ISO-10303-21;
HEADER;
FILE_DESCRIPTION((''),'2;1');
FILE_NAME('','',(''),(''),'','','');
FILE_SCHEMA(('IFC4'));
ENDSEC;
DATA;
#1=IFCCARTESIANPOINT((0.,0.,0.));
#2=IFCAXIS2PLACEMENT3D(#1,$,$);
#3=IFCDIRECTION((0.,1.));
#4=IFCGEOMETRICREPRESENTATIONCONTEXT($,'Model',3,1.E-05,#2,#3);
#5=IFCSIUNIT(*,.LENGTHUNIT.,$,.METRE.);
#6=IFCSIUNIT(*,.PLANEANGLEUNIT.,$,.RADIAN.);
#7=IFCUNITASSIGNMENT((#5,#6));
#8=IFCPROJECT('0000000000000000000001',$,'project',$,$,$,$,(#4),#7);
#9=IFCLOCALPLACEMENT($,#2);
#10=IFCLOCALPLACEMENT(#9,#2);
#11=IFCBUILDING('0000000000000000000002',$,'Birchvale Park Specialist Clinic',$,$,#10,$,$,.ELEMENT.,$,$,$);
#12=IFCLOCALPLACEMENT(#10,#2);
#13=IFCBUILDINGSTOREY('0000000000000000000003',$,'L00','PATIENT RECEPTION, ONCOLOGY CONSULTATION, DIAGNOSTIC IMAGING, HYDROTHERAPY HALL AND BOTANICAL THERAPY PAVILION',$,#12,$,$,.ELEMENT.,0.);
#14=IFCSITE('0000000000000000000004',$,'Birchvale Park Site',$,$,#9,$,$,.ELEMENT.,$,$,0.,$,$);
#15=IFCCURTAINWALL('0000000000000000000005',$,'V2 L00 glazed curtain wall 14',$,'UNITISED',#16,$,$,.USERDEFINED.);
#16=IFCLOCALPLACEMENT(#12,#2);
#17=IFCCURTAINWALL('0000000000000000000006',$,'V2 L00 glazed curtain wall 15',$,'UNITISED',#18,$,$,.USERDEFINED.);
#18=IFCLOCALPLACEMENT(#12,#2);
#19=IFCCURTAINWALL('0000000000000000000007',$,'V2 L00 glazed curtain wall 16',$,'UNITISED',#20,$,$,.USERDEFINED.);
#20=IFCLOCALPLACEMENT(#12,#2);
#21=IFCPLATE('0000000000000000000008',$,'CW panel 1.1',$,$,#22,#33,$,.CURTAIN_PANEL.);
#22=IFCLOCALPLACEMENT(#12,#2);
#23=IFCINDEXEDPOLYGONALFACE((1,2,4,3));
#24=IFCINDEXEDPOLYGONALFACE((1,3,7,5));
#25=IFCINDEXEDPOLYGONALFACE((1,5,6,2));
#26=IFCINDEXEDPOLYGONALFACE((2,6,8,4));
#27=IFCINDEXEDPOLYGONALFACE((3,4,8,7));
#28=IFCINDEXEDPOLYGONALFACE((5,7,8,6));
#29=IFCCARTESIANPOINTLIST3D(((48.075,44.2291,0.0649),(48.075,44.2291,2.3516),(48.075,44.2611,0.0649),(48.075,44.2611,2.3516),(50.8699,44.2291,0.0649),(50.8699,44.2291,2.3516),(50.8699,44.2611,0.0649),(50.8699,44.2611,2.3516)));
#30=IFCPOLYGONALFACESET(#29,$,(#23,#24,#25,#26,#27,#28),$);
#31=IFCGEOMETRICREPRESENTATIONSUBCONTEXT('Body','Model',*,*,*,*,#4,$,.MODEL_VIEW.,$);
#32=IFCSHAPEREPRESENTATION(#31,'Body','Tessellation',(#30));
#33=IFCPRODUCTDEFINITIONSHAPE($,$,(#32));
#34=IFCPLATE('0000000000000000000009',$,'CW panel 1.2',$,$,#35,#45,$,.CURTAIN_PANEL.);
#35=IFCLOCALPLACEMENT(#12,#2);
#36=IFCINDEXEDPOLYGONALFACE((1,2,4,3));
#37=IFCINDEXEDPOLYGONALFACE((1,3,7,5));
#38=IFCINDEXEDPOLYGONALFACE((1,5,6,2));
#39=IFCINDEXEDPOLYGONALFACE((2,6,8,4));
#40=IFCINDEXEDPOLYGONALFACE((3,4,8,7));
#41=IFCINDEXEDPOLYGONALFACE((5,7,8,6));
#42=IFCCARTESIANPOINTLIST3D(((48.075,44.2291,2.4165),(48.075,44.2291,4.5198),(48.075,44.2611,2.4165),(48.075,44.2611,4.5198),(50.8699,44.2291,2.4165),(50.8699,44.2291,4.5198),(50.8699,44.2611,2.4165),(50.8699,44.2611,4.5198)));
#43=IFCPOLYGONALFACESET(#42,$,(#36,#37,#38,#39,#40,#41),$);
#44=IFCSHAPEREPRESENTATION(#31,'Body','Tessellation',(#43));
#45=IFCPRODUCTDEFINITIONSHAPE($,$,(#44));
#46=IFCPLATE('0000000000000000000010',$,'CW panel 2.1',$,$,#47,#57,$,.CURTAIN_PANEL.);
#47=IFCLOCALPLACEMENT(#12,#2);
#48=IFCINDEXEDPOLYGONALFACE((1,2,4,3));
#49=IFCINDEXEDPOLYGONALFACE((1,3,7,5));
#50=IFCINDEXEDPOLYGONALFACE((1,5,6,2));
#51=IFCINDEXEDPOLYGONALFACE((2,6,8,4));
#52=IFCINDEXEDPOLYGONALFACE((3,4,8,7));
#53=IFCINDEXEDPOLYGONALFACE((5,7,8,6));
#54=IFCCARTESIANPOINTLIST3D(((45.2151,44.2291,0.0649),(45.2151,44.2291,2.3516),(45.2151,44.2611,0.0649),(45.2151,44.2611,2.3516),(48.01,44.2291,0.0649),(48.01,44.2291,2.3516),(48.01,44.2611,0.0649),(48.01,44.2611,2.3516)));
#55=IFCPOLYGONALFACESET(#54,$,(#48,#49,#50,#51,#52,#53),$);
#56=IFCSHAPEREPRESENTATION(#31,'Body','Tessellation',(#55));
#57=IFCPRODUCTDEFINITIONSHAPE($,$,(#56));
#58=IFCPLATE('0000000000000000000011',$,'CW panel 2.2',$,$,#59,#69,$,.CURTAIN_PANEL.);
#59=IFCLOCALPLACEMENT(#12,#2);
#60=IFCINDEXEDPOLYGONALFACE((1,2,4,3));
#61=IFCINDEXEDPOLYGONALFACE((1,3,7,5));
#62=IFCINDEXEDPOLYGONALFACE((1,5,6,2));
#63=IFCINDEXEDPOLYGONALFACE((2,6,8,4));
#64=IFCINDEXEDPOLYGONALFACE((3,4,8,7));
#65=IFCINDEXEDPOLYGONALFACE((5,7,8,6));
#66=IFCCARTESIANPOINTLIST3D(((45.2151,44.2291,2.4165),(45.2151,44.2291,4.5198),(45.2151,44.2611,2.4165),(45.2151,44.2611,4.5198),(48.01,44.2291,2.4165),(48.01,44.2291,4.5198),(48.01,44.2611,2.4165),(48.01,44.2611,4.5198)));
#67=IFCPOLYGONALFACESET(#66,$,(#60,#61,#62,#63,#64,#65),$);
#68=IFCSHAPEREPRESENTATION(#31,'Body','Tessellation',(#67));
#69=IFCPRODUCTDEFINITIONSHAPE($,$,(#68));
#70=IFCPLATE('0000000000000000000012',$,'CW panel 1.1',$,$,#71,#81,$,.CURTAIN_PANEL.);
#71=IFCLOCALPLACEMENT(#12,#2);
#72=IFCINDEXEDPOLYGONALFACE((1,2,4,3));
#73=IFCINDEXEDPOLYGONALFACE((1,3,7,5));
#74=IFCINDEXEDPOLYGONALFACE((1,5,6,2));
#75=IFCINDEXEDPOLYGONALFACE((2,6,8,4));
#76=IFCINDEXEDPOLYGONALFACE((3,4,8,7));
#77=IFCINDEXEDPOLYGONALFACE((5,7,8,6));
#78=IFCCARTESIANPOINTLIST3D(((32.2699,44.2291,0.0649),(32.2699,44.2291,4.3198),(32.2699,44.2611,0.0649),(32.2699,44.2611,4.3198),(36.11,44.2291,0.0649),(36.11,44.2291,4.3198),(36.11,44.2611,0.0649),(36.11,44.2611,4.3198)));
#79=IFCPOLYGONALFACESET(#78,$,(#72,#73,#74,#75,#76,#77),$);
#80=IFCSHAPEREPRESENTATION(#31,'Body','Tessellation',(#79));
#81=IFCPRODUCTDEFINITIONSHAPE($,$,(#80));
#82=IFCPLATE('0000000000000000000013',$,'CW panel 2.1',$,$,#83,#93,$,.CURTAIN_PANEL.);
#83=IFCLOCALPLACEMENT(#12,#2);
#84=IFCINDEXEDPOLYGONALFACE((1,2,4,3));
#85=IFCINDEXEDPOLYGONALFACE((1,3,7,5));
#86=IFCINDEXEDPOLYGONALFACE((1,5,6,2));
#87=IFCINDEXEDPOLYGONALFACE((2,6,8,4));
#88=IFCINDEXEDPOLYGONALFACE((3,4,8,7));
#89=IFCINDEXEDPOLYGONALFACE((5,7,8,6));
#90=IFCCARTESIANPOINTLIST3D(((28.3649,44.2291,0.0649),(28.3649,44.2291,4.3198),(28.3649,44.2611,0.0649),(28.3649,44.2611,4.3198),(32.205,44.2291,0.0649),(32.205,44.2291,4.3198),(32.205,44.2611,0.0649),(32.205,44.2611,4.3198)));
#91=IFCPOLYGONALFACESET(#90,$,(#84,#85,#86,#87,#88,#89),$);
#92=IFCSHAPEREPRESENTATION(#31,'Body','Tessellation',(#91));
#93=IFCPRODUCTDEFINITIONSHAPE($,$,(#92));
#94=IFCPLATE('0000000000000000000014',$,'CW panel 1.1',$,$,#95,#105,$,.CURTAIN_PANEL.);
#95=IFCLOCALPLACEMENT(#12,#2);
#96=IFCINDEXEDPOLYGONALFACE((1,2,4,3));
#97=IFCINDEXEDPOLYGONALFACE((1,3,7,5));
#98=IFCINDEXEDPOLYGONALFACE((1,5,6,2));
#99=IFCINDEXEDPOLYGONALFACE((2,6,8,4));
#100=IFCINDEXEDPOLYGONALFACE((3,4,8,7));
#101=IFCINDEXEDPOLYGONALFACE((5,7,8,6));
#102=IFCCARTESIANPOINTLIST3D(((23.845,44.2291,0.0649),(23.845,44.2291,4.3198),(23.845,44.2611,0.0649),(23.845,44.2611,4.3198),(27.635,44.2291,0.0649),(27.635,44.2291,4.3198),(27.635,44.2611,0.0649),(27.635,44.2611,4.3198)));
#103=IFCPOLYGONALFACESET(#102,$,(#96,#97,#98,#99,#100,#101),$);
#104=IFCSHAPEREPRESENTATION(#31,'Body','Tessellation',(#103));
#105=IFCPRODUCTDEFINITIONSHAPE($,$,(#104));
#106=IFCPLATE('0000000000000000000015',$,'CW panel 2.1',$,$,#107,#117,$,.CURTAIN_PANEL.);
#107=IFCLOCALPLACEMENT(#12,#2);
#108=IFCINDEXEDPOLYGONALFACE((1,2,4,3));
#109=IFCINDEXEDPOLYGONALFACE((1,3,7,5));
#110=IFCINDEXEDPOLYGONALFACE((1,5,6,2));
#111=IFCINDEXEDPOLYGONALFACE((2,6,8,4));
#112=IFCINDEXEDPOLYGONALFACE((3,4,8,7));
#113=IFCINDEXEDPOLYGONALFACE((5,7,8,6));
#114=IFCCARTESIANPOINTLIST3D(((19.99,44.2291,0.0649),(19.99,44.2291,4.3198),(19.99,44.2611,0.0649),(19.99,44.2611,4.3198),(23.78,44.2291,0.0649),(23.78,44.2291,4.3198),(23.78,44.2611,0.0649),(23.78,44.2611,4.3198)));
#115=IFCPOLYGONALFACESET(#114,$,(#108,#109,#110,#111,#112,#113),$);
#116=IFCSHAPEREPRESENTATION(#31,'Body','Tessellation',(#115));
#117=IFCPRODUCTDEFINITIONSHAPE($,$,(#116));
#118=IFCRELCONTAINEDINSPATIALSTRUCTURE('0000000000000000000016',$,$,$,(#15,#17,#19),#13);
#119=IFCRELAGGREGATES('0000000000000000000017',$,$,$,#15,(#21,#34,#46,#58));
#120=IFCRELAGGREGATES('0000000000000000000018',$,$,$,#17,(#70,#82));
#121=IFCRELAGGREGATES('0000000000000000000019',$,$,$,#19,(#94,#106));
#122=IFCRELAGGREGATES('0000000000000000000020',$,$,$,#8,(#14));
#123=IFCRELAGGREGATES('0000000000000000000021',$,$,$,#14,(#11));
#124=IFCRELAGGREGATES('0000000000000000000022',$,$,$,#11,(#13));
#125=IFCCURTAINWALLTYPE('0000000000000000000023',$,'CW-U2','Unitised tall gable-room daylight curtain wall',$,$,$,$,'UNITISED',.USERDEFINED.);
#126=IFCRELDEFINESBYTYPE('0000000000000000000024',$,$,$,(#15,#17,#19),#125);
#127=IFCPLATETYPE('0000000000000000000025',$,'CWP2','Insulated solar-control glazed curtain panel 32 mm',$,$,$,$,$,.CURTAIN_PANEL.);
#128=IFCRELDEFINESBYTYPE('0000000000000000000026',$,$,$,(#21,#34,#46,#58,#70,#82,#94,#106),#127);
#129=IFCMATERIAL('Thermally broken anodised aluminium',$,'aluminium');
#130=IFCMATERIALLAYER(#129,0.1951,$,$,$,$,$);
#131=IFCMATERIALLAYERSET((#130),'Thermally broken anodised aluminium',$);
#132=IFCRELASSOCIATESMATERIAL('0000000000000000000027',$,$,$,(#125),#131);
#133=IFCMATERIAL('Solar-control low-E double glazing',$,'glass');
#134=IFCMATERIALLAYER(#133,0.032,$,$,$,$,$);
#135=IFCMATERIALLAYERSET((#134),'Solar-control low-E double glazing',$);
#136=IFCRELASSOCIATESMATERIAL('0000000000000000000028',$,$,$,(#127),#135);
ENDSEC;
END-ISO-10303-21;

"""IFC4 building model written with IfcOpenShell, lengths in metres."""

from ifc_helpers import new_model, si_unit, direction, frame, origin, origin_2d, place, context, subcontext, project, spatial, rectangle, extrude, material, layer, layer_set, type_object, element, aggregate, save


model = new_model("IFC4")

# Units and contexts
model_context = context("Model", 3, precision=1e-05, world=origin(), true_north=direction((0.0, 1.0)))
body_context = subcontext(model_context, "Body", "Model", "MODEL_VIEW")
ifc_project = project(units=[si_unit("LENGTHUNIT", "METRE"), si_unit("PLANEANGLEUNIT", "RADIAN")], contexts=[model_context])

# Site, building, storey
site_placement = place(None, origin())
site = spatial("IfcSite", under=ifc_project, at=site_placement, Name="Birchvale Park Site", CompositionType="ELEMENT", RefElevation=0.0)
building_placement = place(site_placement, origin())
building = spatial("IfcBuilding", under=site, at=building_placement, Name="Birchvale Park Specialist Clinic", CompositionType="ELEMENT")
storey_placement = place(building_placement, origin())
storey = spatial("IfcBuildingStorey", under=building, at=storey_placement, Name="L00", Description="PATIENT RECEPTION, ONCOLOGY CONSULTATION, DIAGNOSTIC IMAGING, HYDROTHERAPY HALL AND BOTANICAL THERAPY PAVILION", CompositionType="ELEMENT", Elevation=0.0)

# Curtain walls
ifc_material_1 = material(Name="Thermally broken anodised aluminium", Category="aluminium")
ifc_layer_1 = layer(ifc_material_1, 0.1951)
ifc_layer_set_1 = layer_set([ifc_layer_1], Name="Thermally broken anodised aluminium")
curtain_wall_type = type_object("IfcCurtainWallType", Name="CW-U2", Description="Unitised tall gable-room daylight curtain wall", ElementType="UNITISED", PredefinedType="USERDEFINED", material=ifc_layer_set_1)
curtain_wall_1_placement = place(storey_placement, origin())
curtain_wall_1 = element("IfcCurtainWall", 1, at=curtain_wall_1_placement, inside=storey, type_object=curtain_wall_type, Name="V2 L00 glazed curtain wall 14", ObjectType="UNITISED", PredefinedType="USERDEFINED")
curtain_wall_2_placement = place(storey_placement, origin())
curtain_wall_2 = element("IfcCurtainWall", 2, at=curtain_wall_2_placement, inside=storey, type_object=curtain_wall_type, Name="V2 L00 glazed curtain wall 15", ObjectType="UNITISED", PredefinedType="USERDEFINED")
curtain_wall_3_placement = place(storey_placement, origin())
curtain_wall_3 = element("IfcCurtainWall", 3, at=curtain_wall_3_placement, inside=storey, type_object=curtain_wall_type, Name="V2 L00 glazed curtain wall 16", ObjectType="UNITISED", PredefinedType="USERDEFINED")

# Plates
ifc_material_2 = material(Name="Solar-control low-E double glazing", Category="glass")
ifc_layer_2 = layer(ifc_material_2, 0.032)
ifc_layer_set_2 = layer_set([ifc_layer_2], Name="Solar-control low-E double glazing")
plate_type = type_object("IfcPlateType", Name="CWP2", Description="Insulated solar-control glazed curtain panel 32 mm", PredefinedType="CURTAIN_PANEL", material=ifc_layer_set_2)
plate_1_placement = place(storey_placement, frame((49.4724, 44.2451, 0.0649), z_axis=(0.0, 0.0, 1.0), x_axis=(-1.0, 0.0, 0.0)))
plate_1 = element("IfcPlate", 4, at=plate_1_placement, type_object=plate_type, Name="CW panel 1.1", PredefinedType="CURTAIN_PANEL", context=body_context, shape_type="SweptSolid", body=[
    extrude(rectangle(XDim=2.7949, YDim=0.032, at=origin_2d()), origin(), (0.0, 0.0, 1.0), 2.2866),
])
plate_2_placement = place(storey_placement, frame((49.4724, 44.2451, 2.4165), z_axis=(0.0, 0.0, 1.0), x_axis=(-1.0, 0.0, 0.0)))
plate_2 = element("IfcPlate", 5, at=plate_2_placement, type_object=plate_type, Name="CW panel 1.2", PredefinedType="CURTAIN_PANEL", context=body_context, shape_type="SweptSolid", body=[
    extrude(rectangle(XDim=2.7949, YDim=0.032, at=origin_2d()), origin(), (0.0, 0.0, 1.0), 2.1033),
])
plate_3_placement = place(storey_placement, frame((46.6125, 44.2451, 0.0649), z_axis=(0.0, 0.0, 1.0), x_axis=(-1.0, 0.0, 0.0)))
plate_3 = element("IfcPlate", 6, at=plate_3_placement, type_object=plate_type, Name="CW panel 2.1", PredefinedType="CURTAIN_PANEL", context=body_context, shape_type="SweptSolid", body=[
    extrude(rectangle(XDim=2.7949, YDim=0.032, at=origin_2d()), origin(), (0.0, 0.0, 1.0), 2.2866),
])
plate_4_placement = place(storey_placement, frame((46.6125, 44.2451, 2.4165), z_axis=(0.0, 0.0, 1.0), x_axis=(-1.0, 0.0, 0.0)))
plate_4 = element("IfcPlate", 7, at=plate_4_placement, type_object=plate_type, Name="CW panel 2.2", PredefinedType="CURTAIN_PANEL", context=body_context, shape_type="SweptSolid", body=[
    extrude(rectangle(XDim=2.7949, YDim=0.032, at=origin_2d()), origin(), (0.0, 0.0, 1.0), 2.1033),
])
aggregate(curtain_wall_1, [plate_1, plate_2, plate_3, plate_4])
plate_5_placement = place(storey_placement, frame((34.1899, 44.2451, 0.0649), z_axis=(0.0, 0.0, 1.0), x_axis=(-1.0, 0.0, 0.0)))
plate_5 = element("IfcPlate", 8, at=plate_5_placement, type_object=plate_type, Name="CW panel 1.1", PredefinedType="CURTAIN_PANEL", context=body_context, shape_type="SweptSolid", body=[
    extrude(rectangle(XDim=3.8401, YDim=0.032, at=origin_2d()), origin(), (0.0, 0.0, 1.0), 4.2549),
])
plate_6_placement = place(storey_placement, frame((30.2849, 44.2451, 0.0649), z_axis=(0.0, 0.0, 1.0), x_axis=(-1.0, 0.0, 0.0)))
plate_6 = element("IfcPlate", 9, at=plate_6_placement, type_object=plate_type, Name="CW panel 2.1", PredefinedType="CURTAIN_PANEL", context=body_context, shape_type="SweptSolid", body=[
    extrude(rectangle(XDim=3.8401, YDim=0.032, at=origin_2d()), origin(), (0.0, 0.0, 1.0), 4.2549),
])
aggregate(curtain_wall_2, [plate_5, plate_6])
plate_7_placement = place(storey_placement, frame((25.74, 44.2451, 0.0649), z_axis=(0.0, 0.0, 1.0), x_axis=(-1.0, 0.0, 0.0)))
plate_7 = element("IfcPlate", 10, at=plate_7_placement, type_object=plate_type, Name="CW panel 1.1", PredefinedType="CURTAIN_PANEL", context=body_context, shape_type="SweptSolid", body=[
    extrude(rectangle(XDim=3.79, YDim=0.032, at=origin_2d()), origin(), (0.0, 0.0, 1.0), 4.2549),
])
plate_8_placement = place(storey_placement, frame((21.885, 44.2451, 0.0649), z_axis=(0.0, 0.0, 1.0), x_axis=(-1.0, 0.0, 0.0)))
plate_8 = element("IfcPlate", 11, at=plate_8_placement, type_object=plate_type, Name="CW panel 2.1", PredefinedType="CURTAIN_PANEL", context=body_context, shape_type="SweptSolid", body=[
    extrude(rectangle(XDim=3.79, YDim=0.032, at=origin_2d()), origin(), (0.0, 0.0, 1.0), 4.2549),
])
aggregate(curtain_wall_3, [plate_7, plate_8])

save(model, "model.ifc")
